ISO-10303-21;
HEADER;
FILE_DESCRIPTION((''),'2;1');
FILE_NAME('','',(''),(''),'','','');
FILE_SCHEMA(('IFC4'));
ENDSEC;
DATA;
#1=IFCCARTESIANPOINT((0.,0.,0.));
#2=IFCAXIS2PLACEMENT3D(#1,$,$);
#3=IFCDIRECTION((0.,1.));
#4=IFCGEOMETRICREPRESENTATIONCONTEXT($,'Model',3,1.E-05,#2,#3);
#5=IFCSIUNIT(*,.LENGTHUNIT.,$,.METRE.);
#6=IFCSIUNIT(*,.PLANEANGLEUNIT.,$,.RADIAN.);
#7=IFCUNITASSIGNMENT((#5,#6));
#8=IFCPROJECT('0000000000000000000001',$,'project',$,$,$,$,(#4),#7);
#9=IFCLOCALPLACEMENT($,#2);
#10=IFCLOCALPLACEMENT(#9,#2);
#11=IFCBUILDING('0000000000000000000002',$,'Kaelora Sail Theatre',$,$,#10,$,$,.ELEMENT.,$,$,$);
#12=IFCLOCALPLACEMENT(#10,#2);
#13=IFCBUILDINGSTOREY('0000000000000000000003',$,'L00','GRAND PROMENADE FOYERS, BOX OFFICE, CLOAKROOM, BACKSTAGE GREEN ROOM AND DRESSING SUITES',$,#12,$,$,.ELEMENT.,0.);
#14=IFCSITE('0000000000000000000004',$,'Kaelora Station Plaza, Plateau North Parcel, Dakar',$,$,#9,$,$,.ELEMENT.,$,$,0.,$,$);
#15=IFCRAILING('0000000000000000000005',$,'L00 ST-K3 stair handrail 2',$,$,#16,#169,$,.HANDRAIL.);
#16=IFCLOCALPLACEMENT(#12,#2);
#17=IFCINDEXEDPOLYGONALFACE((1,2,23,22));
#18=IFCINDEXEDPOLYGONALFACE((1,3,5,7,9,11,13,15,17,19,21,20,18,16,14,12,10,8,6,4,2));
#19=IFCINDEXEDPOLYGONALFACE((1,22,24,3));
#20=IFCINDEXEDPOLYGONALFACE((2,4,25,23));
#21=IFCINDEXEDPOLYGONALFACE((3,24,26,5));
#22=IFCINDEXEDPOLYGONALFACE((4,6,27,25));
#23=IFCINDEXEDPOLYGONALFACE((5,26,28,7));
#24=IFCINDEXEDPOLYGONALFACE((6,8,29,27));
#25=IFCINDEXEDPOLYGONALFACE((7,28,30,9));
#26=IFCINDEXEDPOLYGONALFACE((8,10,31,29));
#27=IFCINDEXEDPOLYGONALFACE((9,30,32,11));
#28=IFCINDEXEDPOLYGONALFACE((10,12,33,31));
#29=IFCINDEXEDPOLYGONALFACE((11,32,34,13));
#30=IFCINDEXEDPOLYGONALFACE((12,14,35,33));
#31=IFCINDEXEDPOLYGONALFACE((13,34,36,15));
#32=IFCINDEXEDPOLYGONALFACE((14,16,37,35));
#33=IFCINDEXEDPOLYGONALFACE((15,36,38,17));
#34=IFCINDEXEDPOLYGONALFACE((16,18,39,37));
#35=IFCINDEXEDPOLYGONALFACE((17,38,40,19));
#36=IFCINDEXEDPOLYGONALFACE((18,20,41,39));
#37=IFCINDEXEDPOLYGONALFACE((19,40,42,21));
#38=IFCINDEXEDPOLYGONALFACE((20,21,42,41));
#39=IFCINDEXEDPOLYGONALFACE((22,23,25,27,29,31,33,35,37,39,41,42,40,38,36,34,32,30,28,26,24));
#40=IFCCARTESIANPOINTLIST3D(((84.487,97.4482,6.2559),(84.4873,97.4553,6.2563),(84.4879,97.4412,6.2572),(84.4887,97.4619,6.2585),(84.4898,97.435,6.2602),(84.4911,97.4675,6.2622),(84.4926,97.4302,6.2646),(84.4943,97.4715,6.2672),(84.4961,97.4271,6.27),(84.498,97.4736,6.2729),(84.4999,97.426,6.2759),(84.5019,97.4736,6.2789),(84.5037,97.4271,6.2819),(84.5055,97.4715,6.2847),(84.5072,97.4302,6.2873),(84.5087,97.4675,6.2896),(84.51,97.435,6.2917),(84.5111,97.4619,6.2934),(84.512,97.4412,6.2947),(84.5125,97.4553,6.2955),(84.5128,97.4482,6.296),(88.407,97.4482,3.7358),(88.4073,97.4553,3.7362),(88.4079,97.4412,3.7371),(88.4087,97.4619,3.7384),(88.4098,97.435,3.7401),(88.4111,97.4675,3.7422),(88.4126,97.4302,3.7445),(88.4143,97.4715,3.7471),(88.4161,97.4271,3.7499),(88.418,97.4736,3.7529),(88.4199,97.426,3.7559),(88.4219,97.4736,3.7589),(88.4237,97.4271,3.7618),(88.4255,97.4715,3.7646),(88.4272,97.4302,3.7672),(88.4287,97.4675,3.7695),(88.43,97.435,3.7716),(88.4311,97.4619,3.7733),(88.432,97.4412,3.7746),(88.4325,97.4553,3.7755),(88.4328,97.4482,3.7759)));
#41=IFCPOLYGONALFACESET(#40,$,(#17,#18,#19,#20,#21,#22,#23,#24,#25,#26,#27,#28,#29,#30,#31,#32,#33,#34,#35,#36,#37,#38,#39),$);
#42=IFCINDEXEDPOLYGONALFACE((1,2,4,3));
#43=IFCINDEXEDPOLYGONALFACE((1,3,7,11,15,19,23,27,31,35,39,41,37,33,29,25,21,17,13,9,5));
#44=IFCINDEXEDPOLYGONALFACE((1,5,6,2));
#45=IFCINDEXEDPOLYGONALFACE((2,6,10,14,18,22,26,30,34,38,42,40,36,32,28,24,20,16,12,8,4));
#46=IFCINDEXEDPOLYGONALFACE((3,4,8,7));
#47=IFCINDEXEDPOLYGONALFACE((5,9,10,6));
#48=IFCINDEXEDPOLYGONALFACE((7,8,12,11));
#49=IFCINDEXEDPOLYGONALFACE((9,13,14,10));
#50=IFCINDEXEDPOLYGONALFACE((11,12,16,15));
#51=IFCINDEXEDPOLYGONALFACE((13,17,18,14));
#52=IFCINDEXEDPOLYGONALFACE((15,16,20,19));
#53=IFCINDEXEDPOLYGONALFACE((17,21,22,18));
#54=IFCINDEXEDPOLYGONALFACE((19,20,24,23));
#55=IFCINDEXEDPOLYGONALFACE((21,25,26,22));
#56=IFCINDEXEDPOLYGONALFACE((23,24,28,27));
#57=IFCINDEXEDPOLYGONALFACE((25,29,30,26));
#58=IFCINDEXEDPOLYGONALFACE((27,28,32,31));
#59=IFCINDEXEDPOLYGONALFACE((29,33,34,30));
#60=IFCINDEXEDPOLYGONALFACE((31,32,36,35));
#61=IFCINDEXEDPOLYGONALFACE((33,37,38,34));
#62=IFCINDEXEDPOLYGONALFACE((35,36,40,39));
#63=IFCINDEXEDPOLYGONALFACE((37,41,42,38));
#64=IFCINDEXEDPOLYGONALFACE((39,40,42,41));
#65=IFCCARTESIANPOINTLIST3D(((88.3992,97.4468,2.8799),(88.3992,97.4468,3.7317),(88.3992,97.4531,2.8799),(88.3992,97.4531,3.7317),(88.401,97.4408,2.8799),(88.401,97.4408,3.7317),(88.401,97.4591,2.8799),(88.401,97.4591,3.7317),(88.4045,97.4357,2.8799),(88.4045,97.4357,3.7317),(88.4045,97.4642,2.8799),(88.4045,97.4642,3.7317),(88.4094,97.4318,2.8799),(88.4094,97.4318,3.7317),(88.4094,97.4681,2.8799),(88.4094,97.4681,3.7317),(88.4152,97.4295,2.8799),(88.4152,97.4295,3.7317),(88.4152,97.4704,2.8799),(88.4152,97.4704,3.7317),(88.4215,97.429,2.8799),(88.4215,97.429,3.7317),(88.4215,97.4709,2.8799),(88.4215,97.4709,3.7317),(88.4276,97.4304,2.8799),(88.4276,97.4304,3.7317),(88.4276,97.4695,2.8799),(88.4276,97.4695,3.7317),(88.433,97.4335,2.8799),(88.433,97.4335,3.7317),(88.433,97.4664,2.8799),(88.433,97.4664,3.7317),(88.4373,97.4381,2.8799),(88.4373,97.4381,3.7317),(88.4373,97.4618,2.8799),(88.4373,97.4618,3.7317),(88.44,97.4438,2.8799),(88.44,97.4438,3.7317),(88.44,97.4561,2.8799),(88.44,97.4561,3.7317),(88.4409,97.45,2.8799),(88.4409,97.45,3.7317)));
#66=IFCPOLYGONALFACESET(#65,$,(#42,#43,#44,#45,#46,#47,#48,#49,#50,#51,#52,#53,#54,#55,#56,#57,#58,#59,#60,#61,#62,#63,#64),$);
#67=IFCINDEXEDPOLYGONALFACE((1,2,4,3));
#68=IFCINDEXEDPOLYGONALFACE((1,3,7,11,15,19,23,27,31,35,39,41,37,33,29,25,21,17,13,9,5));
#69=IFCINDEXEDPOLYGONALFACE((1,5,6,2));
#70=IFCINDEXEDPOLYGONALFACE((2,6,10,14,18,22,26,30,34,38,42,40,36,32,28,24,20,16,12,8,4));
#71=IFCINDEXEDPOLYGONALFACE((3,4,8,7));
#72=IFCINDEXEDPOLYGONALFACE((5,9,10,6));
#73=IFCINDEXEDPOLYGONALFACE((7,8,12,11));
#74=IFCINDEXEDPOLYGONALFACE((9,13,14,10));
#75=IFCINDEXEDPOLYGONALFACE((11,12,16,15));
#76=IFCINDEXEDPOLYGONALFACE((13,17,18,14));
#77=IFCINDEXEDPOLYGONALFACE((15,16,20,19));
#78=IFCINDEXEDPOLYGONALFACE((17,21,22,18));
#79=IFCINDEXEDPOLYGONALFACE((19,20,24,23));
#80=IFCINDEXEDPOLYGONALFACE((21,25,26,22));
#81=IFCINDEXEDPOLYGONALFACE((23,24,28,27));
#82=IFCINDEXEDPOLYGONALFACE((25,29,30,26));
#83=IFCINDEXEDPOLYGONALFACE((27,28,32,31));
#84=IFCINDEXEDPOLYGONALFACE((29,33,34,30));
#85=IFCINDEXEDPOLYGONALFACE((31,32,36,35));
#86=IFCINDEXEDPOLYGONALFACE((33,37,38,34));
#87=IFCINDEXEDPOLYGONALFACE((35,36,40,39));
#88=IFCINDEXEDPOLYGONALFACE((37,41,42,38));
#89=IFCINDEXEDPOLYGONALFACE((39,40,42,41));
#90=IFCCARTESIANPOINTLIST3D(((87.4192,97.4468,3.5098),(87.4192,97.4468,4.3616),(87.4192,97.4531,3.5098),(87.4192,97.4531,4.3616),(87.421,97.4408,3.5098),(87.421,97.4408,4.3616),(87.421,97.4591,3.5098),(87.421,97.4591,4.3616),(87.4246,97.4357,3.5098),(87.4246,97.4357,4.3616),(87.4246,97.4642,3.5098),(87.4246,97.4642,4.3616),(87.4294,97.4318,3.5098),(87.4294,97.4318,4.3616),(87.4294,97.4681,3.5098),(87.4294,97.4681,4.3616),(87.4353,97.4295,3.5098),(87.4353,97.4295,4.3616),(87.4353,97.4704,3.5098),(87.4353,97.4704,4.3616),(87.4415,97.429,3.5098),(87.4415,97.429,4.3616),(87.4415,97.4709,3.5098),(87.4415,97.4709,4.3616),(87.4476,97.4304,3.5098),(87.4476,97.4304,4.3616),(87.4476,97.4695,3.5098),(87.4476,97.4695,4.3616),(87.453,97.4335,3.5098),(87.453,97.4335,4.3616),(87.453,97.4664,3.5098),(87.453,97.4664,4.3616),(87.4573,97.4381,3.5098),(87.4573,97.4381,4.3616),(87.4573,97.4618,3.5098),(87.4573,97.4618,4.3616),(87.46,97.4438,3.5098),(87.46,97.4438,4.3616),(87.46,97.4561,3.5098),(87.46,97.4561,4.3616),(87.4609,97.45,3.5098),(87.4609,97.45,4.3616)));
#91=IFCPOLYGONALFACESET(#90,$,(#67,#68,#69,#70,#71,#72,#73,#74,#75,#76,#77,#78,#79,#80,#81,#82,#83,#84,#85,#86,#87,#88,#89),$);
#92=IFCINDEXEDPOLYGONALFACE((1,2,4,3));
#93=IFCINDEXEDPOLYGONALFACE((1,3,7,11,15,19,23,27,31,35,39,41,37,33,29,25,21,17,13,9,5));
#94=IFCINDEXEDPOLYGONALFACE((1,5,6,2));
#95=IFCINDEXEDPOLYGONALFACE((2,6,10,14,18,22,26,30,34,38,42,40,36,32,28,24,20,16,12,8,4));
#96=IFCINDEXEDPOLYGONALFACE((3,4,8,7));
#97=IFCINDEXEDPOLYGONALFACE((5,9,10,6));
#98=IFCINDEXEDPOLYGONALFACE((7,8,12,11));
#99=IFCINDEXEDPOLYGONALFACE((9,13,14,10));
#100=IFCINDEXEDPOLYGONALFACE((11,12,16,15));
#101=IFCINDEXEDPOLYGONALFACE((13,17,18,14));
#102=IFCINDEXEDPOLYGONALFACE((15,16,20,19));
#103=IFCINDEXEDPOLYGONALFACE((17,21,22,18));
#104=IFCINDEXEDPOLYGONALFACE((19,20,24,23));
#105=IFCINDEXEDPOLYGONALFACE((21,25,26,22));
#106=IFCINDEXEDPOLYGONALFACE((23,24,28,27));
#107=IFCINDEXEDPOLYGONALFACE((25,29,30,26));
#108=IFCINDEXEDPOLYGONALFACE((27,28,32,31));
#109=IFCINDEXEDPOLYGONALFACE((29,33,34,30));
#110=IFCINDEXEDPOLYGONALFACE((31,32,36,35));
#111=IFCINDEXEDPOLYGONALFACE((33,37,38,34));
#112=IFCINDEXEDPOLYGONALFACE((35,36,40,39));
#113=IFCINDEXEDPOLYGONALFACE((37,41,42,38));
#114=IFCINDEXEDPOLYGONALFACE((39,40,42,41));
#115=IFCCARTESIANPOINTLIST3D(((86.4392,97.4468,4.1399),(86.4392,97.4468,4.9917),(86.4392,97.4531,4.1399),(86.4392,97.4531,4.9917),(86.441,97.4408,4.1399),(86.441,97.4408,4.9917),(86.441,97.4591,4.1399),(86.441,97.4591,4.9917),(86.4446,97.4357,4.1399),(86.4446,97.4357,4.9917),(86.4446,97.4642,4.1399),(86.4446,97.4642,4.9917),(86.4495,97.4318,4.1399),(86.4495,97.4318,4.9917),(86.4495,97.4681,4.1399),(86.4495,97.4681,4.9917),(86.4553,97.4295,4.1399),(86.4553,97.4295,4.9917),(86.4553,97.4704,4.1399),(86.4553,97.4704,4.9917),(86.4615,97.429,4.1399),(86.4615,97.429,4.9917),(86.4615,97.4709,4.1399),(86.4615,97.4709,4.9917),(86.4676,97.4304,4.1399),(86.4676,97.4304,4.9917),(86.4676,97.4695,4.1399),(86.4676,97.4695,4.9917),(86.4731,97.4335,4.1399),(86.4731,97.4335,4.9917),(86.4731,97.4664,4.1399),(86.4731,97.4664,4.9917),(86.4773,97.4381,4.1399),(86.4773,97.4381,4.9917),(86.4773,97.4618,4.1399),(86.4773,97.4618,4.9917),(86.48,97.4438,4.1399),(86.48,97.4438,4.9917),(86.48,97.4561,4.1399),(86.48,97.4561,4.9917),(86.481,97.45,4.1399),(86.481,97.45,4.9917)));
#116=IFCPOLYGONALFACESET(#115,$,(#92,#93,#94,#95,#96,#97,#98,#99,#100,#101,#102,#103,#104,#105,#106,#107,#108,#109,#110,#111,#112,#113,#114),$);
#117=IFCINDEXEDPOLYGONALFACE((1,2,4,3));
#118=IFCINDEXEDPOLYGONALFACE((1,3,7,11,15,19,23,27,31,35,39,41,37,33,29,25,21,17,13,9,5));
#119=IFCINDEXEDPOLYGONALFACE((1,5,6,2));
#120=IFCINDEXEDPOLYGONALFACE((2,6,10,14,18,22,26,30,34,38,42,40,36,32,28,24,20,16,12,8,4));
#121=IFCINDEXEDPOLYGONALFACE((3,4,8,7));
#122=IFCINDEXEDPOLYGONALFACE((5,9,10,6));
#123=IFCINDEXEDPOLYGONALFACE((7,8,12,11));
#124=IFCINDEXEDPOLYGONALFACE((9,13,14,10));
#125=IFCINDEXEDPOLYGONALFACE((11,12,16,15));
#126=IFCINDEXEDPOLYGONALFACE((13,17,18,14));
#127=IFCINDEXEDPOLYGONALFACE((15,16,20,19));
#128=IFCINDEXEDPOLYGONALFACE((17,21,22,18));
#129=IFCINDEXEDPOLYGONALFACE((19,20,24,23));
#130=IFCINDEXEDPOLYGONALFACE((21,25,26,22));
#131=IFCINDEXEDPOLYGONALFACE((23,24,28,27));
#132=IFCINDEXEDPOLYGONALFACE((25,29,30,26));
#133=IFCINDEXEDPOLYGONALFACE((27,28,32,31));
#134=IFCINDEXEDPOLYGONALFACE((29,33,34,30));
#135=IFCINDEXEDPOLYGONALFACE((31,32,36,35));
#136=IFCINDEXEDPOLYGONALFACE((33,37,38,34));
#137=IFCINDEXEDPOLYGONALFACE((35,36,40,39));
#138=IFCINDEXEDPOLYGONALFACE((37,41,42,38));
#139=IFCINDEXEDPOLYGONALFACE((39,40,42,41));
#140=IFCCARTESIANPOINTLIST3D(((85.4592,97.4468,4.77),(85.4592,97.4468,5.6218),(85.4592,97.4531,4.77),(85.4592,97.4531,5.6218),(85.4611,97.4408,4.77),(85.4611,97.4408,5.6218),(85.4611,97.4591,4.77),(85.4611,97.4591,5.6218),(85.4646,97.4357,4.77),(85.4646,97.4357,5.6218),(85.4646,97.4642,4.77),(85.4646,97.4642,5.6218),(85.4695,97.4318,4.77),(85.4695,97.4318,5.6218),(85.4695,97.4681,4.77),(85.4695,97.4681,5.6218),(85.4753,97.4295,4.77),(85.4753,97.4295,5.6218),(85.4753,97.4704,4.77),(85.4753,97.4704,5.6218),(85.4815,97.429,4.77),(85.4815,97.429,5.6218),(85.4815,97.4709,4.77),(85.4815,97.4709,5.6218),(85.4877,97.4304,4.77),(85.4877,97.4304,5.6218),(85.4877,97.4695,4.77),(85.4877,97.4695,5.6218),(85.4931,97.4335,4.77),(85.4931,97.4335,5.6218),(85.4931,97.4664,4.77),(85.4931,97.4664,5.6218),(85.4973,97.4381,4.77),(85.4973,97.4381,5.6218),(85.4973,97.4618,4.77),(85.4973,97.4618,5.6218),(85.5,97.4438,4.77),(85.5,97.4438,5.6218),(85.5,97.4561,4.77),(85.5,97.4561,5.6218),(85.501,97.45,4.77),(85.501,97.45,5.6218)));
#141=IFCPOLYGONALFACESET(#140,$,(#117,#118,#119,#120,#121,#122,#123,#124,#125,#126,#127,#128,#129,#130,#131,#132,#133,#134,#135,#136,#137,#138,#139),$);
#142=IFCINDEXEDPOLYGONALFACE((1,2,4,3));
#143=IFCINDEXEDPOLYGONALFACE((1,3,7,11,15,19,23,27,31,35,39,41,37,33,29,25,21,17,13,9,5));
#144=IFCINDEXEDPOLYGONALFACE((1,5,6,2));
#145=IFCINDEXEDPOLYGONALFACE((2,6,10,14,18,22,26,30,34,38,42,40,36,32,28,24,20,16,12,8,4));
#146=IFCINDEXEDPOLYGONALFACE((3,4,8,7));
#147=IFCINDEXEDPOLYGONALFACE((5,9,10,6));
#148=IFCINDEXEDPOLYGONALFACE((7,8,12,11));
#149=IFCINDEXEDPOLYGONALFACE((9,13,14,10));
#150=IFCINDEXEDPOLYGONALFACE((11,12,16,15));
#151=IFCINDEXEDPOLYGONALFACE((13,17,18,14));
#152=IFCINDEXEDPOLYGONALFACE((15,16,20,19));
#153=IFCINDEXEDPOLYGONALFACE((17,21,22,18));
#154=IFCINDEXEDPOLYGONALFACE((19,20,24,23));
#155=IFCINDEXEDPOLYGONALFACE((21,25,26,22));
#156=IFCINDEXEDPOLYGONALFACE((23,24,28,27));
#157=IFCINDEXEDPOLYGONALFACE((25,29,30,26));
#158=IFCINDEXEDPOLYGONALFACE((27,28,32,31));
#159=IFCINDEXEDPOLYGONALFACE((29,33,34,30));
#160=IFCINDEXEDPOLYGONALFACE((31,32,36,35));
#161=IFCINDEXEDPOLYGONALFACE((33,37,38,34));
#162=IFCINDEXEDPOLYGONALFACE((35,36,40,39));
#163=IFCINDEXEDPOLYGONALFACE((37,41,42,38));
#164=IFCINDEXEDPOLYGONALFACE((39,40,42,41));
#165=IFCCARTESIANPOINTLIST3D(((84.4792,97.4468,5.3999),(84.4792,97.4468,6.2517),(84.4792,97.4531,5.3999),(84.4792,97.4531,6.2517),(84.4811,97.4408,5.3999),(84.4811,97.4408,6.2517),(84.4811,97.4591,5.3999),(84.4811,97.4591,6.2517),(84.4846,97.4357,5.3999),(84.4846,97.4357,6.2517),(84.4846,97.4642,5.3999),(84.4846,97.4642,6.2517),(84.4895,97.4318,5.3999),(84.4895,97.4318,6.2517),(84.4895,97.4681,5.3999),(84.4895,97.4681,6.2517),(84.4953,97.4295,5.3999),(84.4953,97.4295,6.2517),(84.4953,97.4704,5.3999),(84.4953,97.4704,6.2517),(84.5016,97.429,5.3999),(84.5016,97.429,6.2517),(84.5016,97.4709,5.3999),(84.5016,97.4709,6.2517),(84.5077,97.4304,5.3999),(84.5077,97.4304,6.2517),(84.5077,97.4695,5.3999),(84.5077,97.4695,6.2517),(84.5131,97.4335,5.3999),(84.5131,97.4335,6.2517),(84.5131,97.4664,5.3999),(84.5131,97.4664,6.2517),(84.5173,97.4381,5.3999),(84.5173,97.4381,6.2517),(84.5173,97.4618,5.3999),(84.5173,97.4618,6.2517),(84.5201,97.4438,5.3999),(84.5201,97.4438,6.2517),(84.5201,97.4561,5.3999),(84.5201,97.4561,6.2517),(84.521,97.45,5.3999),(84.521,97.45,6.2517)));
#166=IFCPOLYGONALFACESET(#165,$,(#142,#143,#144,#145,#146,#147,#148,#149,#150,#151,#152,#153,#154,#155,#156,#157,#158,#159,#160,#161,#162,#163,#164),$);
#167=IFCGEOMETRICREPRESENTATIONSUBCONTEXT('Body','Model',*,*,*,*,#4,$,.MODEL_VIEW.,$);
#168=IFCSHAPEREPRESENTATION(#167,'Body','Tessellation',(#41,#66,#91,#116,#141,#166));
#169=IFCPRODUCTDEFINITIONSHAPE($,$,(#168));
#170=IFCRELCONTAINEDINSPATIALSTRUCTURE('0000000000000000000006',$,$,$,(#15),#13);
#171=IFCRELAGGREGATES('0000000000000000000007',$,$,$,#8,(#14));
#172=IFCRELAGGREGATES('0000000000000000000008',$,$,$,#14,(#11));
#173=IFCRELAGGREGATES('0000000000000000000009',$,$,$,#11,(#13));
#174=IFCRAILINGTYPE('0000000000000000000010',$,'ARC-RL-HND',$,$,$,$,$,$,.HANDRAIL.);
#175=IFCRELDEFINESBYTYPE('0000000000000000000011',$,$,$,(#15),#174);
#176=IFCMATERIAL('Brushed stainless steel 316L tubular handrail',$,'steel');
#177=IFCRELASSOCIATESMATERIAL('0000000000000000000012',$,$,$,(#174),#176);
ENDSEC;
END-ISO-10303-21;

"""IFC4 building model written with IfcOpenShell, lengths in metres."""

from ifc_helpers import new_model, si_unit, direction, frame, origin, origin_2d, place, context, subcontext, project, spatial, circle, extrude, material, type_object, element, save


model = new_model("IFC4")

# Units and contexts
model_context = context("Model", 3, precision=1e-05, world=origin(), true_north=direction((0.0, 1.0)))
body_context = subcontext(model_context, "Body", "Model", "MODEL_VIEW")
ifc_project = project(units=[si_unit("LENGTHUNIT", "METRE"), si_unit("PLANEANGLEUNIT", "RADIAN")], contexts=[model_context])

# Site, building, storey
site_placement = place(None, origin())
site = spatial("IfcSite", under=ifc_project, at=site_placement, Name="Kaelora Station Plaza, Plateau North Parcel, Dakar", CompositionType="ELEMENT", RefElevation=0.0)
building_placement = place(site_placement, origin())
building = spatial("IfcBuilding", under=site, at=building_placement, Name="Kaelora Sail Theatre", CompositionType="ELEMENT")
storey_placement = place(building_placement, origin())
storey = spatial("IfcBuildingStorey", under=building, at=storey_placement, Name="L00", Description="GRAND PROMENADE FOYERS, BOX OFFICE, CLOAKROOM, BACKSTAGE GREEN ROOM AND DRESSING SUITES", CompositionType="ELEMENT", Elevation=0.0)

# Railing
ifc_material_1 = material(Name="Brushed stainless steel 316L tubular handrail", Category="steel")
railing_type_1 = type_object("IfcRailingType", Name="ARC-RL-HND", PredefinedType="HANDRAIL", material=ifc_material_1)
railing_1_placement = place(storey_placement, frame((88.4199, 97.45, 2.8799)))
element("IfcRailing", 1, at=railing_1_placement, inside=storey, type_object=railing_type_1, Name="L00 ST-K3 stair handrail 2", PredefinedType="HANDRAIL", context=body_context, shape_type="SweptSolid", body=[
    extrude(circle(Radius=0.0239, at=origin_2d()), frame((0.0, 0.0, 0.876), z_axis=(-0.841172, 0.0, 0.540768), x_axis=(0.0, -1.0, 0.0)), (0.0, 0.0, 1.0), 4.6602),
    extrude(circle(Radius=0.021, at=origin_2d()), origin(), (0.0, 0.0, 1.0), 0.8518),
    extrude(circle(Radius=0.021, at=origin_2d()), frame((-0.98, 0.0, 0.6299)), (0.0, 0.0, 1.0), 0.8518),
    extrude(circle(Radius=0.021, at=origin_2d()), frame((-1.96, 0.0, 1.26)), (0.0, 0.0, 1.0), 0.8518),
    extrude(circle(Radius=0.021, at=origin_2d()), frame((-2.9399, 0.0, 1.8901)), (0.0, 0.0, 1.0), 0.8518),
    extrude(circle(Radius=0.021, at=origin_2d()), frame((-3.9199, 0.0, 2.52)), (0.0, 0.0, 1.0), 0.8518),
])

save(model, "model.ifc")
